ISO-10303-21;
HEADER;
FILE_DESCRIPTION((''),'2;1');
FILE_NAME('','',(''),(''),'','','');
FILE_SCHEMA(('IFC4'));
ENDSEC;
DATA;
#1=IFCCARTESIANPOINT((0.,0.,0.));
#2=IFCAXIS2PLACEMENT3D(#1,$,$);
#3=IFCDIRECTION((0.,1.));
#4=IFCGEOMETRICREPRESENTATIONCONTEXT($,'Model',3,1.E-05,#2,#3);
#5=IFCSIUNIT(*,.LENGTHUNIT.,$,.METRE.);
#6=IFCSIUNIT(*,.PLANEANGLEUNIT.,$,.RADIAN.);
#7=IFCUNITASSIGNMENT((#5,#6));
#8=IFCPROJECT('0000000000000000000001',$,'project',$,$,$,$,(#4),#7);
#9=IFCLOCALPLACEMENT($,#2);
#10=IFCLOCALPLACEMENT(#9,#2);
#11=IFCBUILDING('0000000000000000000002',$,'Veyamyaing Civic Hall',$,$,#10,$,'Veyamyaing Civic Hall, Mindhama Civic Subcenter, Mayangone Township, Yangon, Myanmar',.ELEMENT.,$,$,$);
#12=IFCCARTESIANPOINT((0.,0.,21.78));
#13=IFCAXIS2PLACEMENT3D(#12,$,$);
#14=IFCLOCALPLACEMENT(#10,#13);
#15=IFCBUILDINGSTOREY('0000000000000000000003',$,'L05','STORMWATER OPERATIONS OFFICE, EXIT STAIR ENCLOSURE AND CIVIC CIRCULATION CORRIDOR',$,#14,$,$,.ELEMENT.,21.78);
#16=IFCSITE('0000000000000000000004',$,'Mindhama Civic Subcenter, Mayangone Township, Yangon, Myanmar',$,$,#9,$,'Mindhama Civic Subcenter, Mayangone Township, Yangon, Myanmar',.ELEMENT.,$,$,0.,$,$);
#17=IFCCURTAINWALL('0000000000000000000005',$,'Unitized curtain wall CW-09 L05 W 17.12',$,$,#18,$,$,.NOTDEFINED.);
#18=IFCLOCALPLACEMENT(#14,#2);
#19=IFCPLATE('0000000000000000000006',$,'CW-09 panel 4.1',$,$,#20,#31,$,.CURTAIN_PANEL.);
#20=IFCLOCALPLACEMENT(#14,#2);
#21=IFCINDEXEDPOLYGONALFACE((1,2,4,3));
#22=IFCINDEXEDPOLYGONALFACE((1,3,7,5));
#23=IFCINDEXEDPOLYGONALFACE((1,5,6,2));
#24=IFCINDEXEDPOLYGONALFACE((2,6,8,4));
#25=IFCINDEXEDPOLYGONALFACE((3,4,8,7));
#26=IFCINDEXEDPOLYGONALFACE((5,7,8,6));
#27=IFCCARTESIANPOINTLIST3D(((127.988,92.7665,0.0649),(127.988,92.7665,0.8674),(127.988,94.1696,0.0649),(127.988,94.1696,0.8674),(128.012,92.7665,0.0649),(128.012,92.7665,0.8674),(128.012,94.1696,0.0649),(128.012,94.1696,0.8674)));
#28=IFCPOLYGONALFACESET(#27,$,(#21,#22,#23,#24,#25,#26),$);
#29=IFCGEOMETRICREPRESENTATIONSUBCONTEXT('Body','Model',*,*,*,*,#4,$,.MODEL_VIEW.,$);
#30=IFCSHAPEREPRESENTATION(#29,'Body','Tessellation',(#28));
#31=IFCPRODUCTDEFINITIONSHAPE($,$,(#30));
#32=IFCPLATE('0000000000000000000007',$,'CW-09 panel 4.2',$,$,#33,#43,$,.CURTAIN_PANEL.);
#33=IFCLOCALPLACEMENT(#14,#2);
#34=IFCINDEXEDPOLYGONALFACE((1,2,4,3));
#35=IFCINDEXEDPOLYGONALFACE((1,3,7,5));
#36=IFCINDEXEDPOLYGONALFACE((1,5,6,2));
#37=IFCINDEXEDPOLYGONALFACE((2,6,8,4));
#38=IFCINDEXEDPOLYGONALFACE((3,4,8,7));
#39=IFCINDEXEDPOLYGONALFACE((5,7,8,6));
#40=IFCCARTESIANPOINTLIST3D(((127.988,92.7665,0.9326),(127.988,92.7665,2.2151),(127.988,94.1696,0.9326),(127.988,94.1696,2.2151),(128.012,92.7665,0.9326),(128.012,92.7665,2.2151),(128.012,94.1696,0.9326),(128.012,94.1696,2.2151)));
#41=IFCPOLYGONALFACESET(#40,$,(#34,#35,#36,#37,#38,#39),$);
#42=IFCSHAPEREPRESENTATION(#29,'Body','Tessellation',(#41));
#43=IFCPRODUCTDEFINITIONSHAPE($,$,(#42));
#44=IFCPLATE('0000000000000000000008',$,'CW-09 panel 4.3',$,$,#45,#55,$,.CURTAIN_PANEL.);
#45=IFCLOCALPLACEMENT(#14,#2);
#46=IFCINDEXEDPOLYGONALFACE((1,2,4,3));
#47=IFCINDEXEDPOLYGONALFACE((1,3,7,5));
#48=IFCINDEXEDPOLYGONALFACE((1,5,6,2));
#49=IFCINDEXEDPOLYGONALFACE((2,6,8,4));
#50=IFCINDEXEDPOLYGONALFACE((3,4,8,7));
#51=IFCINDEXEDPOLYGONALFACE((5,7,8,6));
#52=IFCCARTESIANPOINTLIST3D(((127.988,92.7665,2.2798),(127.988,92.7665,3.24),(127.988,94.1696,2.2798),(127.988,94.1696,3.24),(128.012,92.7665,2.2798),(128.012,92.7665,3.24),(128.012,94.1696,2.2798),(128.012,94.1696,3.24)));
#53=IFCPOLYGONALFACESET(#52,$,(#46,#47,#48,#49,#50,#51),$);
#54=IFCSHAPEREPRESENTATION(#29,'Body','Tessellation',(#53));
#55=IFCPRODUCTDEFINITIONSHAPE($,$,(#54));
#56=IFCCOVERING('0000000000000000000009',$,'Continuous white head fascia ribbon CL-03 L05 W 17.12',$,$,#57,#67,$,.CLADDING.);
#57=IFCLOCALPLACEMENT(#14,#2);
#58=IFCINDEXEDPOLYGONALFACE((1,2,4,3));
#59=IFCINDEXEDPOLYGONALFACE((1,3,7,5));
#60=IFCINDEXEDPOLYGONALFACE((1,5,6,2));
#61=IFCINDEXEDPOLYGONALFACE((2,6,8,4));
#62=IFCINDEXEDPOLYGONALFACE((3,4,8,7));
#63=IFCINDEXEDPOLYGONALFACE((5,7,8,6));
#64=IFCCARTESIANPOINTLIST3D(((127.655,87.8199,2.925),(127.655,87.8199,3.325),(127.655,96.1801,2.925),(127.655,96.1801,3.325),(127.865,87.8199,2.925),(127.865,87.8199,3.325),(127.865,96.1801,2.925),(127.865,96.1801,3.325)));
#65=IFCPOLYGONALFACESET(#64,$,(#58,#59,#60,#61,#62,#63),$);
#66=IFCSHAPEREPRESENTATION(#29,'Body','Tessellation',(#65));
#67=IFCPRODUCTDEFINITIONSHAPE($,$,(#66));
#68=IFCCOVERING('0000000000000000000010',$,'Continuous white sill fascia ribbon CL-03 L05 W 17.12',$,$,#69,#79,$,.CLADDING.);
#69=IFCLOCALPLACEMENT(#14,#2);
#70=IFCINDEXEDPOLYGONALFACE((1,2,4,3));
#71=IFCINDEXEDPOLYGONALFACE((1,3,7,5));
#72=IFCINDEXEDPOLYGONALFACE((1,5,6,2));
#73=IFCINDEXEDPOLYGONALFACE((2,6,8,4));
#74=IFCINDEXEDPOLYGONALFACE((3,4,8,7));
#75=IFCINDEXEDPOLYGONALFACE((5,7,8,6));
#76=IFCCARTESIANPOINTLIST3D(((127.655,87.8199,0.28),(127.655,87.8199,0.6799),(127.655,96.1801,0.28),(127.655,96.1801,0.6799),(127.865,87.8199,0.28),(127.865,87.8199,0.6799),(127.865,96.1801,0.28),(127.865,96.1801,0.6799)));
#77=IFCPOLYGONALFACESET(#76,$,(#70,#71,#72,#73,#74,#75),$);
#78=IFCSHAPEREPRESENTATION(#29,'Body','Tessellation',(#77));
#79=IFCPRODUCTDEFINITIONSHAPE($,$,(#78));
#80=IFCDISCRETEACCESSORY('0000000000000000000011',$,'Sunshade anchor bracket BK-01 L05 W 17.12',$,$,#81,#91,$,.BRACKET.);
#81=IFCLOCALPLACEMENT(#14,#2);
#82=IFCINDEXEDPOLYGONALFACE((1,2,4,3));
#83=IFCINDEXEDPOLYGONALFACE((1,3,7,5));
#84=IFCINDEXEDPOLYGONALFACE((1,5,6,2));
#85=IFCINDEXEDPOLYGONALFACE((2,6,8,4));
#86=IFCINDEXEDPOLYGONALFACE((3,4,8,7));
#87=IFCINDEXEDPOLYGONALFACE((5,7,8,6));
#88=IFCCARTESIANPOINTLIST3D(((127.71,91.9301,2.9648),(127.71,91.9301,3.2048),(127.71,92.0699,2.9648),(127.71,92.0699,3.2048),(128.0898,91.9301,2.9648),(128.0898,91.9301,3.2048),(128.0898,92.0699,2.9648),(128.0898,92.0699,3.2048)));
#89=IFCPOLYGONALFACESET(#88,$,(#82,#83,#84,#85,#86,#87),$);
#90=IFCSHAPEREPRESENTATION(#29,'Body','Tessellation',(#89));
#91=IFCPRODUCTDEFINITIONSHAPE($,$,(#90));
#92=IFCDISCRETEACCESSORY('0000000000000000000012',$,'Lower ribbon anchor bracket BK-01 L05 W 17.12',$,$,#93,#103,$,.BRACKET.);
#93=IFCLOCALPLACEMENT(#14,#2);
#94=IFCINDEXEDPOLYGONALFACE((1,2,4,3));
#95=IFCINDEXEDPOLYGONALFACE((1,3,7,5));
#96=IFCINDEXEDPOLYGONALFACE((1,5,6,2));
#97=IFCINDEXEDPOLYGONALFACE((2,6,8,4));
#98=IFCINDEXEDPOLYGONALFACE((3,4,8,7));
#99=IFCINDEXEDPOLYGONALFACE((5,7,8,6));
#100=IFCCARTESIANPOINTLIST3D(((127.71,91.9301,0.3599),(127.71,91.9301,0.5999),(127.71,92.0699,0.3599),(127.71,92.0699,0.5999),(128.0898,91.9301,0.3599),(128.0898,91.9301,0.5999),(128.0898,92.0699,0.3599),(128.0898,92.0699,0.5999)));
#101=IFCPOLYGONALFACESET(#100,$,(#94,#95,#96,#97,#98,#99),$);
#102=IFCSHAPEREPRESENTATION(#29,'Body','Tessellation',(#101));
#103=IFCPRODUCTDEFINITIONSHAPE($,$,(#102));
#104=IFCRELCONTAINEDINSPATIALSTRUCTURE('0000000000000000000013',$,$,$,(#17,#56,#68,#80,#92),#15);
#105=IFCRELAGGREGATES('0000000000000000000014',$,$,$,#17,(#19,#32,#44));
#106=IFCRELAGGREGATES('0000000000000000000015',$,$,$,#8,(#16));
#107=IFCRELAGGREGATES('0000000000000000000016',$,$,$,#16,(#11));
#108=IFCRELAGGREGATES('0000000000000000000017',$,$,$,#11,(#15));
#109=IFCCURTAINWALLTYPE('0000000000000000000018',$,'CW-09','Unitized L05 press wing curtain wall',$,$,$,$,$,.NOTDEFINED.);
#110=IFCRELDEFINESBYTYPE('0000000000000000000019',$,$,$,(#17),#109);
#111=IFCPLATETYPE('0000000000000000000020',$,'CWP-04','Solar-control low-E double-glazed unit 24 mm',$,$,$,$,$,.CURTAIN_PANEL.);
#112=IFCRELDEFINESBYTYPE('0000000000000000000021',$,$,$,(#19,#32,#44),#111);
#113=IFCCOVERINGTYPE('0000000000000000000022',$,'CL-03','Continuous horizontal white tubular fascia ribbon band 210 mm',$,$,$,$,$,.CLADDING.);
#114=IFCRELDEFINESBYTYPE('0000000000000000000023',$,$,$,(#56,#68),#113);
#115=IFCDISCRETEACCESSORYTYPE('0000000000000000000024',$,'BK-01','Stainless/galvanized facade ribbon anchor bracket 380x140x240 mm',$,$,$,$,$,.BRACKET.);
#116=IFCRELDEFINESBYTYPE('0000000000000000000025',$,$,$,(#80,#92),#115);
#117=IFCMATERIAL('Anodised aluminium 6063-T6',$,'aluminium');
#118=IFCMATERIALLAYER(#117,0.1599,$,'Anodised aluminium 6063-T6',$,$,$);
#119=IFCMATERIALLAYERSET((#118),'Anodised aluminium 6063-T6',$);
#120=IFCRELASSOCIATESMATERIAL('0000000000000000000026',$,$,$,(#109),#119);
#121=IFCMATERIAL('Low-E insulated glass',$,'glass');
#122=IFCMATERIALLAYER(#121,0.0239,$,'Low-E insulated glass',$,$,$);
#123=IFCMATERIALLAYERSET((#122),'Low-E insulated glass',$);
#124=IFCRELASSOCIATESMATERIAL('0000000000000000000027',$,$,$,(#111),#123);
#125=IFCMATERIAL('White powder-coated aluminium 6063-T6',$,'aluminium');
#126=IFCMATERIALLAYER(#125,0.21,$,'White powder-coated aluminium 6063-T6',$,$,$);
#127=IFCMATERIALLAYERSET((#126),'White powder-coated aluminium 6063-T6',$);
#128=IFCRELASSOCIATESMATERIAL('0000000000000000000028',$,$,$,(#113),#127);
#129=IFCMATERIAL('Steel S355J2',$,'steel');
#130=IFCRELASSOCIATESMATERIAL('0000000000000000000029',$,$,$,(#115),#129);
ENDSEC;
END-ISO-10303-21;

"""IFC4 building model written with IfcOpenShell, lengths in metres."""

from ifc_helpers import new_model, si_unit, direction, frame, origin, origin_2d, place, context, subcontext, project, spatial, rectangle, extrude, material, layer, layer_set, type_object, element, aggregate, save


model = new_model("IFC4")

# Units and contexts
model_context = context("Model", 3, precision=1e-05, world=origin(), true_north=direction((0.0, 1.0)))
body_context = subcontext(model_context, "Body", "Model", "MODEL_VIEW")
ifc_project = project(units=[si_unit("LENGTHUNIT", "METRE"), si_unit("PLANEANGLEUNIT", "RADIAN")], contexts=[model_context])

# Site, building, storey
site_placement = place(None, origin())
site = spatial("IfcSite", under=ifc_project, at=site_placement, Name="Mindhama Civic Subcenter, Mayangone Township, Yangon, Myanmar", LongName="Mindhama Civic Subcenter, Mayangone Township, Yangon, Myanmar", CompositionType="ELEMENT", RefElevation=0.0)
building_placement = place(site_placement, origin())
building = spatial("IfcBuilding", under=site, at=building_placement, Name="Veyamyaing Civic Hall", LongName="Veyamyaing Civic Hall, Mindhama Civic Subcenter, Mayangone Township, Yangon, Myanmar", CompositionType="ELEMENT")
storey_placement = place(building_placement, frame((0.0, 0.0, 21.78)))
storey = spatial("IfcBuildingStorey", under=building, at=storey_placement, Name="L05", Description="STORMWATER OPERATIONS OFFICE, EXIT STAIR ENCLOSURE AND CIVIC CIRCULATION CORRIDOR", CompositionType="ELEMENT", Elevation=21.78)

# Curtain wall, plates
ifc_material_1 = material(Name="Anodised aluminium 6063-T6", Category="aluminium")
ifc_layer_1 = layer(ifc_material_1, 0.1599, Name="Anodised aluminium 6063-T6")
ifc_layer_set_1 = layer_set([ifc_layer_1], Name="Anodised aluminium 6063-T6")
curtain_wall_type = type_object("IfcCurtainWallType", Name="CW-09", Description="Unitized L05 press wing curtain wall", PredefinedType="NOTDEFINED", material=ifc_layer_set_1)
curtain_wall_placement = place(storey_placement, origin())
curtain_wall = element("IfcCurtainWall", 1, at=curtain_wall_placement, inside=storey, type_object=curtain_wall_type, Name="Unitized curtain wall CW-09 L05 W 17.12", PredefinedType="NOTDEFINED")
ifc_material_2 = material(Name="Low-E insulated glass", Category="glass")
ifc_layer_2 = layer(ifc_material_2, 0.0239, Name="Low-E insulated glass")
ifc_layer_set_2 = layer_set([ifc_layer_2], Name="Low-E insulated glass")
plate_type = type_object("IfcPlateType", Name="CWP-04", Description="Solar-control low-E double-glazed unit 24 mm", PredefinedType="CURTAIN_PANEL", material=ifc_layer_set_2)
plate_1_placement = place(storey_placement, frame((128.0, 93.468, 0.0649), z_axis=(0.0, 0.0, 1.0), x_axis=(0.0, 1.0, 0.0)))
plate_1 = element("IfcPlate", 2, at=plate_1_placement, type_object=plate_type, Name="CW-09 panel 4.1", PredefinedType="CURTAIN_PANEL", context=body_context, shape_type="SweptSolid", body=[
    extrude(rectangle(XDim=1.4031, YDim=0.0239, at=origin_2d()), origin(), (0.0, 0.0, 1.0), 0.8025),
])
plate_2_placement = place(storey_placement, frame((128.0, 93.468, 0.9326), z_axis=(0.0, 0.0, 1.0), x_axis=(0.0, 1.0, 0.0)))
plate_2 = element("IfcPlate", 3, at=plate_2_placement, type_object=plate_type, Name="CW-09 panel 4.2", PredefinedType="CURTAIN_PANEL", context=body_context, shape_type="SweptSolid", body=[
    extrude(rectangle(XDim=1.4031, YDim=0.0239, at=origin_2d()), origin(), (0.0, 0.0, 1.0), 1.2825),
])
plate_3_placement = place(storey_placement, frame((128.0, 93.468, 2.2798), z_axis=(0.0, 0.0, 1.0), x_axis=(0.0, 1.0, 0.0)))
plate_3 = element("IfcPlate", 4, at=plate_3_placement, type_object=plate_type, Name="CW-09 panel 4.3", PredefinedType="CURTAIN_PANEL", context=body_context, shape_type="SweptSolid", body=[
    extrude(rectangle(XDim=1.4031, YDim=0.0239, at=origin_2d()), origin(), (0.0, 0.0, 1.0), 0.9602),
])
aggregate(curtain_wall, [plate_1, plate_2, plate_3])

# Coverings
ifc_material_3 = material(Name="White powder-coated aluminium 6063-T6", Category="aluminium")
ifc_layer_3 = layer(ifc_material_3, 0.21, Name="White powder-coated aluminium 6063-T6")
ifc_layer_set_3 = layer_set([ifc_layer_3], Name="White powder-coated aluminium 6063-T6")
covering_type = type_object("IfcCoveringType", Name="CL-03", Description="Continuous horizontal white tubular fascia ribbon band 210 mm", PredefinedType="CLADDING", material=ifc_layer_set_3)
for number, where, z_axis, x_axis, name in (
    (5, (127.76, 92.0, 2.925), (0.0, 0.0, 1.0), (0.0, 1.0, 0.0), "Continuous white head fascia ribbon CL-03 L05 W 17.12"),
    (6, (127.76, 92.0, 0.28), (0.0, 0.0, 1.0), (0.0, 1.0, 0.0), "Continuous white sill fascia ribbon CL-03 L05 W 17.12"),
):
    element("IfcCovering", number, at=place(storey_placement, frame(where, z_axis=z_axis, x_axis=x_axis)), inside=storey, type_object=covering_type, Name=name, PredefinedType="CLADDING", context=body_context, shape_type="SweptSolid", body=[
        extrude(rectangle(XDim=8.3601, YDim=0.21, at=origin_2d()), origin(), (0.0, 0.0, 1.0), 0.3999),
    ])

# Discrete accessories
ifc_material_4 = material(Name="Steel S355J2", Category="steel")
discrete_accessory_type = type_object("IfcDiscreteAccessoryType", Name="BK-01", Description="Stainless/galvanized facade ribbon anchor bracket 380x140x240 mm", PredefinedType="BRACKET", material=ifc_material_4)
for number, where, z_axis, x_axis, name in (
    (7, (127.8999, 92.0, 2.9648), (0.0, 0.0, 1.0), (-1.0, 0.0, 0.0), "Sunshade anchor bracket BK-01 L05 W 17.12"),
    (8, (127.8999, 92.0, 0.3599), (0.0, 0.0, 1.0), (-1.0, 0.0, 0.0), "Lower ribbon anchor bracket BK-01 L05 W 17.12"),
):
    element("IfcDiscreteAccessory", number, at=place(storey_placement, frame(where, z_axis=z_axis, x_axis=x_axis)), inside=storey, type_object=discrete_accessory_type, Name=name, PredefinedType="BRACKET", context=body_context, shape_type="SweptSolid", body=[
        extrude(rectangle(XDim=0.3799, YDim=0.1399, at=origin_2d()), origin(), (0.0, 0.0, 1.0), 0.24),
    ])

save(model, "model.ifc")
